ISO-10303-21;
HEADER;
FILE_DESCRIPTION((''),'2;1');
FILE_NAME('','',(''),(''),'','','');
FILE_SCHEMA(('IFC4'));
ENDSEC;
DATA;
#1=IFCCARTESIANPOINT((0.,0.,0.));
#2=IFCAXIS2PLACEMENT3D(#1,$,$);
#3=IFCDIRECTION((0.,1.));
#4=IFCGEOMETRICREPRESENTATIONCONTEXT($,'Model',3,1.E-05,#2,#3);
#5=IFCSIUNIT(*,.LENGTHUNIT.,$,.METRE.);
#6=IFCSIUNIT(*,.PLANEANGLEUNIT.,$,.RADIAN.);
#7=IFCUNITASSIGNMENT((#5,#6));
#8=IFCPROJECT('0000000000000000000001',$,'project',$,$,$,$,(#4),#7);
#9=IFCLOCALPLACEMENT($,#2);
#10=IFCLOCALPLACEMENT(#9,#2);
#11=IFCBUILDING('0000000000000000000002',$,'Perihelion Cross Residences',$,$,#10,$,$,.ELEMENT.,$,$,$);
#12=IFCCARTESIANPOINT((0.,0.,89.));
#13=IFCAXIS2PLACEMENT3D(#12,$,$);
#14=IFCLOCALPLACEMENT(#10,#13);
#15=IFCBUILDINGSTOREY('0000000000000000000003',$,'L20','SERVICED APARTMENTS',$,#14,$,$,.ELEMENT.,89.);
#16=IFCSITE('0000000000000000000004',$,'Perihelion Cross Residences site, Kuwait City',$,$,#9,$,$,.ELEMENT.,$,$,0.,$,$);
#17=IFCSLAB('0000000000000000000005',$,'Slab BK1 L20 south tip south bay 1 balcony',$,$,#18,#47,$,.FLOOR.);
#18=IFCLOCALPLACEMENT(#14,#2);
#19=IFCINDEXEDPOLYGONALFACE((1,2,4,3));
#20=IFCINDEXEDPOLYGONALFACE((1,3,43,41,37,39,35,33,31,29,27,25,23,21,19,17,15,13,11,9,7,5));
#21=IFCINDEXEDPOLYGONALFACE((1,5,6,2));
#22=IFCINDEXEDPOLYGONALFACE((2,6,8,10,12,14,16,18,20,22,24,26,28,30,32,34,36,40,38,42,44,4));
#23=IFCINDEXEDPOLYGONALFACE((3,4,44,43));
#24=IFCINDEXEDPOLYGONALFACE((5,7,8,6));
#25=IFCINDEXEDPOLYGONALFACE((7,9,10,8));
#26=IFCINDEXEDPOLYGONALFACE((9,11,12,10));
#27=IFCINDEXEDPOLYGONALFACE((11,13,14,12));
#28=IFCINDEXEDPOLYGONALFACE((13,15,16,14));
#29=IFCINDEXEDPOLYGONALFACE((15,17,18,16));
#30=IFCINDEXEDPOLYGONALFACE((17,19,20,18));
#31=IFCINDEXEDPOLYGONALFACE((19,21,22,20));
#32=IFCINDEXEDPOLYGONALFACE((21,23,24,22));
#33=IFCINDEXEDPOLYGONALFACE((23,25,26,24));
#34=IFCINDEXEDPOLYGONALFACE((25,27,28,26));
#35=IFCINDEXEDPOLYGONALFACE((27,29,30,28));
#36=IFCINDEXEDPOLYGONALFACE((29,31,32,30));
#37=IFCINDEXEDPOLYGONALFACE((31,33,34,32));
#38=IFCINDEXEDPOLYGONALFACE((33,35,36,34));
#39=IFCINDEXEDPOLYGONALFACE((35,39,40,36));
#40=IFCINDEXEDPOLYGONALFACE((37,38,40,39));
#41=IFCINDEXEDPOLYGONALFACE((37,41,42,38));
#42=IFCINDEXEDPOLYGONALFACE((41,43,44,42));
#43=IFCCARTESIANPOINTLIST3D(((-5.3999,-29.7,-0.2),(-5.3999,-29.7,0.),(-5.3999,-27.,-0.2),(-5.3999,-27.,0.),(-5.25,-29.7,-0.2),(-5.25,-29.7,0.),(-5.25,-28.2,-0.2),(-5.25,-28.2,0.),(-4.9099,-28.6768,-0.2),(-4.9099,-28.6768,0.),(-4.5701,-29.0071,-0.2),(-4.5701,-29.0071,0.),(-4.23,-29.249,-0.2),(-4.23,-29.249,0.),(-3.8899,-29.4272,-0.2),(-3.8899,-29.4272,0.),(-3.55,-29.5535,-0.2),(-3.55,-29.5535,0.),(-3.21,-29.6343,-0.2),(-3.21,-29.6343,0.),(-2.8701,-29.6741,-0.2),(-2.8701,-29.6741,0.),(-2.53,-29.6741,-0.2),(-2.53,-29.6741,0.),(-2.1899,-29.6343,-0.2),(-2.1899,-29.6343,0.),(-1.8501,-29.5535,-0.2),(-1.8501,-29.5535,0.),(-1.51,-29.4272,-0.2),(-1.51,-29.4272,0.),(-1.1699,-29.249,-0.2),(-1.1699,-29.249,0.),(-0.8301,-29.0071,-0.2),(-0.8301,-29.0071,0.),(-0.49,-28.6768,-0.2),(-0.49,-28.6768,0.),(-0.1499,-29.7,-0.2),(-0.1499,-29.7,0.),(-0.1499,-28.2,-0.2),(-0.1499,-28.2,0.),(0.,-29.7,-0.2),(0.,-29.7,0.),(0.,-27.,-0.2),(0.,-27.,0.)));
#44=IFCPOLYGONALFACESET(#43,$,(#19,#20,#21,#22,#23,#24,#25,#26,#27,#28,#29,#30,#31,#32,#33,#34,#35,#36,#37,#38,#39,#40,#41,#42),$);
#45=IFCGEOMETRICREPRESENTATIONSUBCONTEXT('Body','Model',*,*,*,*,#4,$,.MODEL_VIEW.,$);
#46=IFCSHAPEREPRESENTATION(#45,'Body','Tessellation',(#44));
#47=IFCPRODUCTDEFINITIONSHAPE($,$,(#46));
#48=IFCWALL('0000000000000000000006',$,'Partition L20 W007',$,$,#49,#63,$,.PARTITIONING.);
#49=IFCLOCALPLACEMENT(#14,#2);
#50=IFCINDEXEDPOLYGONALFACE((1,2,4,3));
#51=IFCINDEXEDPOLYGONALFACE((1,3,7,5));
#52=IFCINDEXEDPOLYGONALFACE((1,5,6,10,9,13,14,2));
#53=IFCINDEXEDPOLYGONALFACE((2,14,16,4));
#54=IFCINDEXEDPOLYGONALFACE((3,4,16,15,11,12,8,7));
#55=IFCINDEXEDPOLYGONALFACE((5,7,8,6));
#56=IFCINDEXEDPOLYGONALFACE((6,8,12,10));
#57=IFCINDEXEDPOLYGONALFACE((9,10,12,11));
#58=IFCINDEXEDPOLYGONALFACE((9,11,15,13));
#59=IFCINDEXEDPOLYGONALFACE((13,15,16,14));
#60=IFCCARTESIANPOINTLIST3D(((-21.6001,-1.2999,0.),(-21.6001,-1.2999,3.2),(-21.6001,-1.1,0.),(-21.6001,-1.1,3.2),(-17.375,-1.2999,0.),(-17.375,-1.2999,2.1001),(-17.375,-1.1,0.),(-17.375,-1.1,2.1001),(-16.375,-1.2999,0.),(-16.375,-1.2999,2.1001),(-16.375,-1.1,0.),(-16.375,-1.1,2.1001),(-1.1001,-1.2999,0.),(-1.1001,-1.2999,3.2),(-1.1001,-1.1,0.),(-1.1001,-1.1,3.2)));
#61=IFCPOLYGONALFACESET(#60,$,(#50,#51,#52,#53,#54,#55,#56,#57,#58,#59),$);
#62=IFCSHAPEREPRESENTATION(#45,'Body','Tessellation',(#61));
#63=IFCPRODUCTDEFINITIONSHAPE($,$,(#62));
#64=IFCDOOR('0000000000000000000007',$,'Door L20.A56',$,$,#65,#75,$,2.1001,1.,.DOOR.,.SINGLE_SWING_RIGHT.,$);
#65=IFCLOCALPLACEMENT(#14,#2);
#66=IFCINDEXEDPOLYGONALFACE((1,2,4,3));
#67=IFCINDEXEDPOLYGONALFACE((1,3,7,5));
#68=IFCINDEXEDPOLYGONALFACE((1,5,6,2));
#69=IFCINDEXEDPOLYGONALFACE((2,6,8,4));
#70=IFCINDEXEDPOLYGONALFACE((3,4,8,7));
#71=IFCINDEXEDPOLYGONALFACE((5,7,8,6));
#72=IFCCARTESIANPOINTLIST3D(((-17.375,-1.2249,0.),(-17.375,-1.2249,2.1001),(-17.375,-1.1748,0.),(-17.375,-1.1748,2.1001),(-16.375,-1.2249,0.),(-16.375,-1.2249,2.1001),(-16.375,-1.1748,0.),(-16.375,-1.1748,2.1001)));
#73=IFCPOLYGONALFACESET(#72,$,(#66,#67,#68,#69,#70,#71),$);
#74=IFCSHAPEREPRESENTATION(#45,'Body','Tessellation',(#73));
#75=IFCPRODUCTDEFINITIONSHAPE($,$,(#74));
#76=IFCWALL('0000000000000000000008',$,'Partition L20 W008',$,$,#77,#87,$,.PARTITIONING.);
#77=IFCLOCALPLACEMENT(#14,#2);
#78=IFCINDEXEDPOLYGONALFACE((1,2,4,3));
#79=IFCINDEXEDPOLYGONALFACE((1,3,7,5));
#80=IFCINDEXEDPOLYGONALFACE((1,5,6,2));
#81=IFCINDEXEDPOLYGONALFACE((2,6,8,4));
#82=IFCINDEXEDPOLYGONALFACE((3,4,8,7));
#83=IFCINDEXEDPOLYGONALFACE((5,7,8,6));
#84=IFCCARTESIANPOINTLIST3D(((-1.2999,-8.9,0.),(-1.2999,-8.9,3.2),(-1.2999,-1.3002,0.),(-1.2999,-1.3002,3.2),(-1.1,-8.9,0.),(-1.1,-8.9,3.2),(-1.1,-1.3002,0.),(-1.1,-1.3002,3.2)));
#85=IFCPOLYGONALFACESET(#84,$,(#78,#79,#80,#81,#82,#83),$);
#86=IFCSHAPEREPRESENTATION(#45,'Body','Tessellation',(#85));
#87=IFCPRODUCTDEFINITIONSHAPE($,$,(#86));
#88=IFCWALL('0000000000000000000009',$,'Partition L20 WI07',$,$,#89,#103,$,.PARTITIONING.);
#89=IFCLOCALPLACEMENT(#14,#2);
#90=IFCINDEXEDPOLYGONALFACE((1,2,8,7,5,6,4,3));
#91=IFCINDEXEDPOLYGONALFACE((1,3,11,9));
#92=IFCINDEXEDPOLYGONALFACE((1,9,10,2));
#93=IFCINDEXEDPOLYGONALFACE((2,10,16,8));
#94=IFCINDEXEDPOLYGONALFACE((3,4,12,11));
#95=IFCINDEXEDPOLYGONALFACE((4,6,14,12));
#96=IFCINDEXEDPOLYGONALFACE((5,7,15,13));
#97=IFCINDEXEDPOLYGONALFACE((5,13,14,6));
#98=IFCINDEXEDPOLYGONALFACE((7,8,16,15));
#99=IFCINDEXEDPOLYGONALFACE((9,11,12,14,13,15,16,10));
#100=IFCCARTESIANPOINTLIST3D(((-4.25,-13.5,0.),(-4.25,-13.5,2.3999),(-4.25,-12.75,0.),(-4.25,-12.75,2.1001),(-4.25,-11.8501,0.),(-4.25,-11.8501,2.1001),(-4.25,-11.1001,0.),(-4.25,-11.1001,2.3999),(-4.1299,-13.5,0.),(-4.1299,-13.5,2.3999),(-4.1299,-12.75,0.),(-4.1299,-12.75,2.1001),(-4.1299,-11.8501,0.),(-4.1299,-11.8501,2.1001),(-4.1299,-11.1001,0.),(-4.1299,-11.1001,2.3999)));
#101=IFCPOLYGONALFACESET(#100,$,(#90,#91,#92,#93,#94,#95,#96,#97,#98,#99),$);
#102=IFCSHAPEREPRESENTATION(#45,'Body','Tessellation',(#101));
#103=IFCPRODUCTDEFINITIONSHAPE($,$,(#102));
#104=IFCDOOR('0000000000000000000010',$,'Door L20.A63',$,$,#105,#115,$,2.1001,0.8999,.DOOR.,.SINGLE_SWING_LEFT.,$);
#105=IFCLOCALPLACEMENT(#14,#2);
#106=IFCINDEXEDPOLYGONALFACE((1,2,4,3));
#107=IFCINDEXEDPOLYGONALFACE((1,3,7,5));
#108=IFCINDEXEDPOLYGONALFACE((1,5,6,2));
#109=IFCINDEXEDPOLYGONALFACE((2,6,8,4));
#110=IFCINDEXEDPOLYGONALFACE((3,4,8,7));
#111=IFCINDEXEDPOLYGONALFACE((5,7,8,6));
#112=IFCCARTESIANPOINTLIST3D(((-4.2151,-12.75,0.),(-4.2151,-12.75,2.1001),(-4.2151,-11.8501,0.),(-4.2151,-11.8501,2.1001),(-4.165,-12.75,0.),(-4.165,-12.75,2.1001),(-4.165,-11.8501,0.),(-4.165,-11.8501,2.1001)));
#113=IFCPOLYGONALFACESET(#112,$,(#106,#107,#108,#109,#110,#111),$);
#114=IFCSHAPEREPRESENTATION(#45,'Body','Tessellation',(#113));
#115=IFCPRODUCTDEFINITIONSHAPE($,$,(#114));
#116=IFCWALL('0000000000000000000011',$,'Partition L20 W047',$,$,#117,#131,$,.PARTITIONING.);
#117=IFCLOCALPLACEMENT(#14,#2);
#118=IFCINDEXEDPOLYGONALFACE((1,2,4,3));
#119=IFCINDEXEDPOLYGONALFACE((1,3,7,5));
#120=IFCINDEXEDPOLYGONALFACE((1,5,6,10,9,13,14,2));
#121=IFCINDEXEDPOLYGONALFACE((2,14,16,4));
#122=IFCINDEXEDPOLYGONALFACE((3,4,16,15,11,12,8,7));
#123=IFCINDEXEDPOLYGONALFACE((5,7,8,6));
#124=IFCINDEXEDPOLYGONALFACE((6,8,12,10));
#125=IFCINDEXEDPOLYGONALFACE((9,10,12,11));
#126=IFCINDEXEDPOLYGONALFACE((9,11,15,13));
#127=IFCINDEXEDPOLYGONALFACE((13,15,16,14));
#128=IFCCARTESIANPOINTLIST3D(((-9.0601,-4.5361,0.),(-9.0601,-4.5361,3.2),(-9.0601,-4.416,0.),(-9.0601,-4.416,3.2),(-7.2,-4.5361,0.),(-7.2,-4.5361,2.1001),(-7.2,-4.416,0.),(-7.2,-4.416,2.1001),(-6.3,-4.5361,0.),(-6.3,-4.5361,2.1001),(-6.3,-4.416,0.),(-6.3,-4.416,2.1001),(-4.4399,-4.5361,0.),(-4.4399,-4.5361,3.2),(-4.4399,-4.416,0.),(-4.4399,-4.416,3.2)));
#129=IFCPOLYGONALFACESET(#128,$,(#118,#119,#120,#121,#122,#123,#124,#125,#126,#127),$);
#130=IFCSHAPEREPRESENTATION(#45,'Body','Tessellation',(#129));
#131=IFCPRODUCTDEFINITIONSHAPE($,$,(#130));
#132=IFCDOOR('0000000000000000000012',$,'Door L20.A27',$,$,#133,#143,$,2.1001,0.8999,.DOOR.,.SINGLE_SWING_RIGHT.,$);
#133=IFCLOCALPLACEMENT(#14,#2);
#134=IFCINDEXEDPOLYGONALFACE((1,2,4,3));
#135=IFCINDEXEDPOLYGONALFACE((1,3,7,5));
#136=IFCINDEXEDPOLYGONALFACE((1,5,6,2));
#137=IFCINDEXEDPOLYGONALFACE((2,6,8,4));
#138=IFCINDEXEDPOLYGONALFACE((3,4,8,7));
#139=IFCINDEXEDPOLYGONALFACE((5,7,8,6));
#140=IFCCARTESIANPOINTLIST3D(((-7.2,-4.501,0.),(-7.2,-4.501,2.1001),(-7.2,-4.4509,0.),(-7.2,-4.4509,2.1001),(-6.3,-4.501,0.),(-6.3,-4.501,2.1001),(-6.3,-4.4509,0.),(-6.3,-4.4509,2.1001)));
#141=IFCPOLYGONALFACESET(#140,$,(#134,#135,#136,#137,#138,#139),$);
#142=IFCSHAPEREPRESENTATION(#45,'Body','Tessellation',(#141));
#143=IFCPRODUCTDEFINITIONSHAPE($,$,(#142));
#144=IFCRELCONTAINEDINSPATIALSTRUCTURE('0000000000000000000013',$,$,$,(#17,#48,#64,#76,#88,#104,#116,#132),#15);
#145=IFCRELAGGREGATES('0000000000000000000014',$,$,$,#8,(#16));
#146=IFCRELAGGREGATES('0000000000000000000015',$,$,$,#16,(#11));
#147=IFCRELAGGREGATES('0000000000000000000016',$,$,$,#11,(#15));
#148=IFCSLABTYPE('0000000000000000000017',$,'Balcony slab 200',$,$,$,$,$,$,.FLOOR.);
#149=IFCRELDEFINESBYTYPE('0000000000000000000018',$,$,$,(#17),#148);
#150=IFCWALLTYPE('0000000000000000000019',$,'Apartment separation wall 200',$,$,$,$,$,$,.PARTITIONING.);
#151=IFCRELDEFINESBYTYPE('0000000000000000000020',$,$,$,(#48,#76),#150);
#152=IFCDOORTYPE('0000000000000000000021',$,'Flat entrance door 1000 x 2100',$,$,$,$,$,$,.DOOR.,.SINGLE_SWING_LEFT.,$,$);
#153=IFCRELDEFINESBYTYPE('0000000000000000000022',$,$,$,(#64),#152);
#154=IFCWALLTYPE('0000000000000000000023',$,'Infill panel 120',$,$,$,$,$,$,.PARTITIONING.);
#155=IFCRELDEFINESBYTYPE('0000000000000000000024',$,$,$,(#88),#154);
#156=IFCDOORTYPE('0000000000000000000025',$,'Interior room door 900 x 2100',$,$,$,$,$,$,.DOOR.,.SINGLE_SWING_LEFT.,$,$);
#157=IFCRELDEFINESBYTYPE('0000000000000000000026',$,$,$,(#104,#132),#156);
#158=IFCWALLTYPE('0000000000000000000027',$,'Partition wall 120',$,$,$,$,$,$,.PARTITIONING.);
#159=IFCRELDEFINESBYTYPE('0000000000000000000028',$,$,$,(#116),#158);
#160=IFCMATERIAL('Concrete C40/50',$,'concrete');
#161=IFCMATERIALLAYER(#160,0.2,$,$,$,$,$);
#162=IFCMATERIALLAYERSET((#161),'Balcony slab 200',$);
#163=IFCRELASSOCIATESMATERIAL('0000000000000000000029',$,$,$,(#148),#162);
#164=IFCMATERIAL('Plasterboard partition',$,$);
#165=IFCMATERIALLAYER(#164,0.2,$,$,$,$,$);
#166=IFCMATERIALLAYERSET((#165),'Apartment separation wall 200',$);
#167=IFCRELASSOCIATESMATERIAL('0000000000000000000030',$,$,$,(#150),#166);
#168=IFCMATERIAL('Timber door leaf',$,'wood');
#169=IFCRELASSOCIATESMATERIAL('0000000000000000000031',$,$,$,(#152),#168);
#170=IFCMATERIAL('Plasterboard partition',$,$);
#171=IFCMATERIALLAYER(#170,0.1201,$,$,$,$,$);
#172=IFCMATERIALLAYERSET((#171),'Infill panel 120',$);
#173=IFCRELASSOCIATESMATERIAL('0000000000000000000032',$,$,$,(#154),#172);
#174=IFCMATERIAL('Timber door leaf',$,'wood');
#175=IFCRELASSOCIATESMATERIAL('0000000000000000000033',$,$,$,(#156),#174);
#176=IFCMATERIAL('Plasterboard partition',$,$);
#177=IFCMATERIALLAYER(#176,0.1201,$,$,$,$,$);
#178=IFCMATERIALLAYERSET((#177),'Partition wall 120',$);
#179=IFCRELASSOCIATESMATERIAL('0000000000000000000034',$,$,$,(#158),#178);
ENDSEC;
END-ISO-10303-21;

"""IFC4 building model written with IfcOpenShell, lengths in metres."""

from ifc_helpers import new_model, si_unit, direction, frame, frame_2d, origin, place, context, subcontext, project, spatial, polyline, rectangle, outline, extrude, material, layer, layer_set, type_object, element, fill, save


model = new_model("IFC4")

# Units and contexts
model_context = context("Model", 3, precision=1e-05, world=origin(), true_north=direction((0.0, 1.0)))
body_context = subcontext(model_context, "Body", "Model", "MODEL_VIEW")
ifc_project = project(units=[si_unit("LENGTHUNIT", "METRE"), si_unit("PLANEANGLEUNIT", "RADIAN")], contexts=[model_context])

# Site, building, storey
site_placement = place(None, origin())
site = spatial("IfcSite", under=ifc_project, at=site_placement, Name="Perihelion Cross Residences site, Kuwait City", CompositionType="ELEMENT", RefElevation=0.0)
building_placement = place(site_placement, origin())
building = spatial("IfcBuilding", under=site, at=building_placement, Name="Perihelion Cross Residences", CompositionType="ELEMENT")
storey_placement = place(building_placement, frame((0.0, 0.0, 89.0)))
storey = spatial("IfcBuildingStorey", under=building, at=storey_placement, Name="L20", Description="SERVICED APARTMENTS", CompositionType="ELEMENT", Elevation=89.0)

# Slab
ifc_material_1 = material(Name="Concrete C40/50", Category="concrete")
ifc_layer_1 = layer(ifc_material_1, 0.2)
ifc_layer_set_1 = layer_set([ifc_layer_1], Name="Balcony slab 200")
slab_type_1 = type_object("IfcSlabType", Name="Balcony slab 200", PredefinedType="FLOOR", material=ifc_layer_set_1)
slab_1_placement = place(storey_placement, frame((0.0, 0.0, -0.2)))
element("IfcSlab", 1, at=slab_1_placement, inside=storey, type_object=slab_type_1, Name="Slab BK1 L20 south tip south bay 1 balcony", PredefinedType="FLOOR", context=body_context, shape_type="SweptSolid", body=[
    extrude(outline(polyline([(-5.3999, -27.0), (0.0, -27.0), (0.0, -29.7), (-0.1499, -29.7), (-0.1499, -28.2), (-0.49, -28.6768), (-0.8301, -29.0071), (-1.1699, -29.249), (-1.51, -29.4272), (-1.8501, -29.5535), (-2.1899, -29.6343), (-2.53, -29.6741), (-2.8701, -29.6741), (-3.21, -29.6343), (-3.55, -29.5535), (-3.8899, -29.4272), (-4.23, -29.249), (-4.5701, -29.0071), (-4.9099, -28.6768), (-5.25, -28.2), (-5.25, -29.7), (-5.3999, -29.7), (-5.3999, -27.0)])), origin(), (0.0, 0.0, 1.0), 0.2),
])

# Wall, opening, door
ifc_material_2 = material(Name="Plasterboard partition")
ifc_layer_2 = layer(ifc_material_2, 0.2)
ifc_layer_set_2 = layer_set([ifc_layer_2], Name="Apartment separation wall 200")
wall_type_1 = type_object("IfcWallType", Name="Apartment separation wall 200", PredefinedType="PARTITIONING", material=ifc_layer_set_2)
wall_1_placement = place(storey_placement, frame((-1.1001, -1.2, 0.0), z_axis=(0.0, 0.0, 1.0), x_axis=(-1.0, 0.0, 0.0)))
wall_1 = element("IfcWall", 2, at=wall_1_placement, inside=storey, type_object=wall_type_1, Name="Partition L20 W007", PredefinedType="PARTITIONING", context=body_context, shape_type="SweptSolid", body=[
    extrude(rectangle(XDim=20.5, YDim=0.2, at=frame_2d((10.25, 0.0))), origin(), (0.0, 0.0, 1.0), 3.2),
])
opening_1_placement = place(wall_1_placement, frame((15.2749, 0.0, 0.0)))
opening_1 = element("IfcOpeningElement", 3, at=opening_1_placement, cuts=wall_1, PredefinedType="OPENING", context=body_context, shape_type="SweptSolid", body=[
    extrude(rectangle(XDim=1.0, YDim=2.1001, at=frame_2d((0.5, 1.05))), frame((0.0, 0.1099, 0.0), z_axis=(0.0, -1.0, 0.0), x_axis=(1.0, 0.0, 0.0)), (0.0, 0.0, 1.0), 0.22),
])
ifc_material_3 = material(Name="Timber door leaf", Category="wood")
door_type_1 = type_object("IfcDoorType", Name="Flat entrance door 1000 x 2100", OperationType="SINGLE_SWING_LEFT", PredefinedType="DOOR", material=ifc_material_3)
door_1_placement = place(opening_1_placement, origin())
door_1 = element("IfcDoor", 4, at=door_1_placement, inside=storey, type_object=door_type_1, Name="Door L20.A56", OperationType="SINGLE_SWING_RIGHT", OverallHeight=2.1001, OverallWidth=1.0, PredefinedType="DOOR", context=body_context, shape_type="SweptSolid", body=[
    extrude(rectangle(XDim=1.0, YDim=2.1001, at=frame_2d((0.5, 1.05))), frame((0.0, 0.0249, 0.0), z_axis=(0.0, -1.0, 0.0), x_axis=(1.0, 0.0, 0.0)), (0.0, 0.0, 1.0), 0.05),
])
fill(opening_1, door_1)

# Wall
wall_2_placement = place(storey_placement, frame((-1.2, -8.8999, 0.0), z_axis=(0.0, 0.0, 1.0), x_axis=(0.0, 1.0, 0.0)))
element("IfcWall", 5, at=wall_2_placement, inside=storey, type_object=wall_type_1, Name="Partition L20 W008", PredefinedType="PARTITIONING", context=body_context, shape_type="SweptSolid", body=[
    extrude(rectangle(XDim=7.5999, YDim=0.2, at=frame_2d((3.7998, 0.0))), origin(), (0.0, 0.0, 1.0), 3.2),
])

# Walls, openings, doors
ifc_material_4 = material(Name="Plasterboard partition")
ifc_layer_3 = layer(ifc_material_4, 0.1201)
ifc_layer_set_3 = layer_set([ifc_layer_3], Name="Infill panel 120")
wall_type_2 = type_object("IfcWallType", Name="Infill panel 120", PredefinedType="PARTITIONING", material=ifc_layer_set_3)
wall_3_placement = place(storey_placement, frame((-4.1899, -11.1001, 0.0), z_axis=(0.0, 0.0, 1.0), x_axis=(0.0, -1.0, 0.0)))
wall_3 = element("IfcWall", 6, at=wall_3_placement, inside=storey, type_object=wall_type_2, Name="Partition L20 WI07", PredefinedType="PARTITIONING", context=body_context, shape_type="SweptSolid", body=[
    extrude(rectangle(XDim=2.3999, YDim=0.1201, at=frame_2d((1.2, 0.0))), origin(), (0.0, 0.0, 1.0), 2.3999),
])
opening_2_placement = place(wall_3_placement, frame((0.75, 0.0, 0.0)))
opening_2 = element("IfcOpeningElement", 7, at=opening_2_placement, cuts=wall_3, PredefinedType="OPENING", context=body_context, shape_type="SweptSolid", body=[
    extrude(rectangle(XDim=0.8999, YDim=2.1001, at=frame_2d((0.45, 1.05))), frame((0.0, 0.0701, 0.0), z_axis=(0.0, -1.0, 0.0), x_axis=(1.0, 0.0, 0.0)), (0.0, 0.0, 1.0), 0.1401),
])
ifc_material_5 = material(Name="Timber door leaf", Category="wood")
door_type_2 = type_object("IfcDoorType", Name="Interior room door 900 x 2100", OperationType="SINGLE_SWING_LEFT", PredefinedType="DOOR", material=ifc_material_5)
door_2_placement = place(opening_2_placement, origin())
door_2 = element("IfcDoor", 8, at=door_2_placement, inside=storey, type_object=door_type_2, Name="Door L20.A63", OperationType="SINGLE_SWING_LEFT", OverallHeight=2.1001, OverallWidth=0.8999, PredefinedType="DOOR", context=body_context, shape_type="SweptSolid", body=[
    extrude(rectangle(XDim=0.8999, YDim=2.1001, at=frame_2d((0.45, 1.05))), frame((0.0, 0.0249, 0.0), z_axis=(0.0, -1.0, 0.0), x_axis=(1.0, 0.0, 0.0)), (0.0, 0.0, 1.0), 0.05),
])
fill(opening_2, door_2)
ifc_material_6 = material(Name="Plasterboard partition")
ifc_layer_4 = layer(ifc_material_6, 0.1201)
ifc_layer_set_4 = layer_set([ifc_layer_4], Name="Partition wall 120")
wall_type_3 = type_object("IfcWallType", Name="Partition wall 120", PredefinedType="PARTITIONING", material=ifc_layer_set_4)
wall_4_placement = place(storey_placement, frame((-4.4399, -4.4761, 0.0), z_axis=(0.0, 0.0, 1.0), x_axis=(-1.0, 0.0, 0.0)))
wall_4 = element("IfcWall", 9, at=wall_4_placement, inside=storey, type_object=wall_type_3, Name="Partition L20 W047", PredefinedType="PARTITIONING", context=body_context, shape_type="SweptSolid", body=[
    extrude(rectangle(XDim=4.6201, YDim=0.1201, at=frame_2d((2.3101, 0.0))), origin(), (0.0, 0.0, 1.0), 3.2),
])
opening_3_placement = place(wall_4_placement, frame((1.8601, 0.0, 0.0)))
opening_3 = element("IfcOpeningElement", 10, at=opening_3_placement, cuts=wall_4, PredefinedType="OPENING", context=body_context, shape_type="SweptSolid", body=[
    extrude(rectangle(XDim=0.8999, YDim=2.1001, at=frame_2d((0.45, 1.05))), frame((0.0, 0.0701, 0.0), z_axis=(0.0, -1.0, 0.0), x_axis=(1.0, 0.0, 0.0)), (0.0, 0.0, 1.0), 0.1401),
])
door_3_placement = place(opening_3_placement, origin())
door_3 = element("IfcDoor", 11, at=door_3_placement, inside=storey, type_object=door_type_2, Name="Door L20.A27", OperationType="SINGLE_SWING_RIGHT", OverallHeight=2.1001, OverallWidth=0.8999, PredefinedType="DOOR", context=body_context, shape_type="SweptSolid", body=[
    extrude(rectangle(XDim=0.8999, YDim=2.1001, at=frame_2d((0.45, 1.05))), frame((0.0, 0.0249, 0.0), z_axis=(0.0, -1.0, 0.0), x_axis=(1.0, 0.0, 0.0)), (0.0, 0.0, 1.0), 0.05),
])
fill(opening_3, door_3)

save(model, "model.ifc")
